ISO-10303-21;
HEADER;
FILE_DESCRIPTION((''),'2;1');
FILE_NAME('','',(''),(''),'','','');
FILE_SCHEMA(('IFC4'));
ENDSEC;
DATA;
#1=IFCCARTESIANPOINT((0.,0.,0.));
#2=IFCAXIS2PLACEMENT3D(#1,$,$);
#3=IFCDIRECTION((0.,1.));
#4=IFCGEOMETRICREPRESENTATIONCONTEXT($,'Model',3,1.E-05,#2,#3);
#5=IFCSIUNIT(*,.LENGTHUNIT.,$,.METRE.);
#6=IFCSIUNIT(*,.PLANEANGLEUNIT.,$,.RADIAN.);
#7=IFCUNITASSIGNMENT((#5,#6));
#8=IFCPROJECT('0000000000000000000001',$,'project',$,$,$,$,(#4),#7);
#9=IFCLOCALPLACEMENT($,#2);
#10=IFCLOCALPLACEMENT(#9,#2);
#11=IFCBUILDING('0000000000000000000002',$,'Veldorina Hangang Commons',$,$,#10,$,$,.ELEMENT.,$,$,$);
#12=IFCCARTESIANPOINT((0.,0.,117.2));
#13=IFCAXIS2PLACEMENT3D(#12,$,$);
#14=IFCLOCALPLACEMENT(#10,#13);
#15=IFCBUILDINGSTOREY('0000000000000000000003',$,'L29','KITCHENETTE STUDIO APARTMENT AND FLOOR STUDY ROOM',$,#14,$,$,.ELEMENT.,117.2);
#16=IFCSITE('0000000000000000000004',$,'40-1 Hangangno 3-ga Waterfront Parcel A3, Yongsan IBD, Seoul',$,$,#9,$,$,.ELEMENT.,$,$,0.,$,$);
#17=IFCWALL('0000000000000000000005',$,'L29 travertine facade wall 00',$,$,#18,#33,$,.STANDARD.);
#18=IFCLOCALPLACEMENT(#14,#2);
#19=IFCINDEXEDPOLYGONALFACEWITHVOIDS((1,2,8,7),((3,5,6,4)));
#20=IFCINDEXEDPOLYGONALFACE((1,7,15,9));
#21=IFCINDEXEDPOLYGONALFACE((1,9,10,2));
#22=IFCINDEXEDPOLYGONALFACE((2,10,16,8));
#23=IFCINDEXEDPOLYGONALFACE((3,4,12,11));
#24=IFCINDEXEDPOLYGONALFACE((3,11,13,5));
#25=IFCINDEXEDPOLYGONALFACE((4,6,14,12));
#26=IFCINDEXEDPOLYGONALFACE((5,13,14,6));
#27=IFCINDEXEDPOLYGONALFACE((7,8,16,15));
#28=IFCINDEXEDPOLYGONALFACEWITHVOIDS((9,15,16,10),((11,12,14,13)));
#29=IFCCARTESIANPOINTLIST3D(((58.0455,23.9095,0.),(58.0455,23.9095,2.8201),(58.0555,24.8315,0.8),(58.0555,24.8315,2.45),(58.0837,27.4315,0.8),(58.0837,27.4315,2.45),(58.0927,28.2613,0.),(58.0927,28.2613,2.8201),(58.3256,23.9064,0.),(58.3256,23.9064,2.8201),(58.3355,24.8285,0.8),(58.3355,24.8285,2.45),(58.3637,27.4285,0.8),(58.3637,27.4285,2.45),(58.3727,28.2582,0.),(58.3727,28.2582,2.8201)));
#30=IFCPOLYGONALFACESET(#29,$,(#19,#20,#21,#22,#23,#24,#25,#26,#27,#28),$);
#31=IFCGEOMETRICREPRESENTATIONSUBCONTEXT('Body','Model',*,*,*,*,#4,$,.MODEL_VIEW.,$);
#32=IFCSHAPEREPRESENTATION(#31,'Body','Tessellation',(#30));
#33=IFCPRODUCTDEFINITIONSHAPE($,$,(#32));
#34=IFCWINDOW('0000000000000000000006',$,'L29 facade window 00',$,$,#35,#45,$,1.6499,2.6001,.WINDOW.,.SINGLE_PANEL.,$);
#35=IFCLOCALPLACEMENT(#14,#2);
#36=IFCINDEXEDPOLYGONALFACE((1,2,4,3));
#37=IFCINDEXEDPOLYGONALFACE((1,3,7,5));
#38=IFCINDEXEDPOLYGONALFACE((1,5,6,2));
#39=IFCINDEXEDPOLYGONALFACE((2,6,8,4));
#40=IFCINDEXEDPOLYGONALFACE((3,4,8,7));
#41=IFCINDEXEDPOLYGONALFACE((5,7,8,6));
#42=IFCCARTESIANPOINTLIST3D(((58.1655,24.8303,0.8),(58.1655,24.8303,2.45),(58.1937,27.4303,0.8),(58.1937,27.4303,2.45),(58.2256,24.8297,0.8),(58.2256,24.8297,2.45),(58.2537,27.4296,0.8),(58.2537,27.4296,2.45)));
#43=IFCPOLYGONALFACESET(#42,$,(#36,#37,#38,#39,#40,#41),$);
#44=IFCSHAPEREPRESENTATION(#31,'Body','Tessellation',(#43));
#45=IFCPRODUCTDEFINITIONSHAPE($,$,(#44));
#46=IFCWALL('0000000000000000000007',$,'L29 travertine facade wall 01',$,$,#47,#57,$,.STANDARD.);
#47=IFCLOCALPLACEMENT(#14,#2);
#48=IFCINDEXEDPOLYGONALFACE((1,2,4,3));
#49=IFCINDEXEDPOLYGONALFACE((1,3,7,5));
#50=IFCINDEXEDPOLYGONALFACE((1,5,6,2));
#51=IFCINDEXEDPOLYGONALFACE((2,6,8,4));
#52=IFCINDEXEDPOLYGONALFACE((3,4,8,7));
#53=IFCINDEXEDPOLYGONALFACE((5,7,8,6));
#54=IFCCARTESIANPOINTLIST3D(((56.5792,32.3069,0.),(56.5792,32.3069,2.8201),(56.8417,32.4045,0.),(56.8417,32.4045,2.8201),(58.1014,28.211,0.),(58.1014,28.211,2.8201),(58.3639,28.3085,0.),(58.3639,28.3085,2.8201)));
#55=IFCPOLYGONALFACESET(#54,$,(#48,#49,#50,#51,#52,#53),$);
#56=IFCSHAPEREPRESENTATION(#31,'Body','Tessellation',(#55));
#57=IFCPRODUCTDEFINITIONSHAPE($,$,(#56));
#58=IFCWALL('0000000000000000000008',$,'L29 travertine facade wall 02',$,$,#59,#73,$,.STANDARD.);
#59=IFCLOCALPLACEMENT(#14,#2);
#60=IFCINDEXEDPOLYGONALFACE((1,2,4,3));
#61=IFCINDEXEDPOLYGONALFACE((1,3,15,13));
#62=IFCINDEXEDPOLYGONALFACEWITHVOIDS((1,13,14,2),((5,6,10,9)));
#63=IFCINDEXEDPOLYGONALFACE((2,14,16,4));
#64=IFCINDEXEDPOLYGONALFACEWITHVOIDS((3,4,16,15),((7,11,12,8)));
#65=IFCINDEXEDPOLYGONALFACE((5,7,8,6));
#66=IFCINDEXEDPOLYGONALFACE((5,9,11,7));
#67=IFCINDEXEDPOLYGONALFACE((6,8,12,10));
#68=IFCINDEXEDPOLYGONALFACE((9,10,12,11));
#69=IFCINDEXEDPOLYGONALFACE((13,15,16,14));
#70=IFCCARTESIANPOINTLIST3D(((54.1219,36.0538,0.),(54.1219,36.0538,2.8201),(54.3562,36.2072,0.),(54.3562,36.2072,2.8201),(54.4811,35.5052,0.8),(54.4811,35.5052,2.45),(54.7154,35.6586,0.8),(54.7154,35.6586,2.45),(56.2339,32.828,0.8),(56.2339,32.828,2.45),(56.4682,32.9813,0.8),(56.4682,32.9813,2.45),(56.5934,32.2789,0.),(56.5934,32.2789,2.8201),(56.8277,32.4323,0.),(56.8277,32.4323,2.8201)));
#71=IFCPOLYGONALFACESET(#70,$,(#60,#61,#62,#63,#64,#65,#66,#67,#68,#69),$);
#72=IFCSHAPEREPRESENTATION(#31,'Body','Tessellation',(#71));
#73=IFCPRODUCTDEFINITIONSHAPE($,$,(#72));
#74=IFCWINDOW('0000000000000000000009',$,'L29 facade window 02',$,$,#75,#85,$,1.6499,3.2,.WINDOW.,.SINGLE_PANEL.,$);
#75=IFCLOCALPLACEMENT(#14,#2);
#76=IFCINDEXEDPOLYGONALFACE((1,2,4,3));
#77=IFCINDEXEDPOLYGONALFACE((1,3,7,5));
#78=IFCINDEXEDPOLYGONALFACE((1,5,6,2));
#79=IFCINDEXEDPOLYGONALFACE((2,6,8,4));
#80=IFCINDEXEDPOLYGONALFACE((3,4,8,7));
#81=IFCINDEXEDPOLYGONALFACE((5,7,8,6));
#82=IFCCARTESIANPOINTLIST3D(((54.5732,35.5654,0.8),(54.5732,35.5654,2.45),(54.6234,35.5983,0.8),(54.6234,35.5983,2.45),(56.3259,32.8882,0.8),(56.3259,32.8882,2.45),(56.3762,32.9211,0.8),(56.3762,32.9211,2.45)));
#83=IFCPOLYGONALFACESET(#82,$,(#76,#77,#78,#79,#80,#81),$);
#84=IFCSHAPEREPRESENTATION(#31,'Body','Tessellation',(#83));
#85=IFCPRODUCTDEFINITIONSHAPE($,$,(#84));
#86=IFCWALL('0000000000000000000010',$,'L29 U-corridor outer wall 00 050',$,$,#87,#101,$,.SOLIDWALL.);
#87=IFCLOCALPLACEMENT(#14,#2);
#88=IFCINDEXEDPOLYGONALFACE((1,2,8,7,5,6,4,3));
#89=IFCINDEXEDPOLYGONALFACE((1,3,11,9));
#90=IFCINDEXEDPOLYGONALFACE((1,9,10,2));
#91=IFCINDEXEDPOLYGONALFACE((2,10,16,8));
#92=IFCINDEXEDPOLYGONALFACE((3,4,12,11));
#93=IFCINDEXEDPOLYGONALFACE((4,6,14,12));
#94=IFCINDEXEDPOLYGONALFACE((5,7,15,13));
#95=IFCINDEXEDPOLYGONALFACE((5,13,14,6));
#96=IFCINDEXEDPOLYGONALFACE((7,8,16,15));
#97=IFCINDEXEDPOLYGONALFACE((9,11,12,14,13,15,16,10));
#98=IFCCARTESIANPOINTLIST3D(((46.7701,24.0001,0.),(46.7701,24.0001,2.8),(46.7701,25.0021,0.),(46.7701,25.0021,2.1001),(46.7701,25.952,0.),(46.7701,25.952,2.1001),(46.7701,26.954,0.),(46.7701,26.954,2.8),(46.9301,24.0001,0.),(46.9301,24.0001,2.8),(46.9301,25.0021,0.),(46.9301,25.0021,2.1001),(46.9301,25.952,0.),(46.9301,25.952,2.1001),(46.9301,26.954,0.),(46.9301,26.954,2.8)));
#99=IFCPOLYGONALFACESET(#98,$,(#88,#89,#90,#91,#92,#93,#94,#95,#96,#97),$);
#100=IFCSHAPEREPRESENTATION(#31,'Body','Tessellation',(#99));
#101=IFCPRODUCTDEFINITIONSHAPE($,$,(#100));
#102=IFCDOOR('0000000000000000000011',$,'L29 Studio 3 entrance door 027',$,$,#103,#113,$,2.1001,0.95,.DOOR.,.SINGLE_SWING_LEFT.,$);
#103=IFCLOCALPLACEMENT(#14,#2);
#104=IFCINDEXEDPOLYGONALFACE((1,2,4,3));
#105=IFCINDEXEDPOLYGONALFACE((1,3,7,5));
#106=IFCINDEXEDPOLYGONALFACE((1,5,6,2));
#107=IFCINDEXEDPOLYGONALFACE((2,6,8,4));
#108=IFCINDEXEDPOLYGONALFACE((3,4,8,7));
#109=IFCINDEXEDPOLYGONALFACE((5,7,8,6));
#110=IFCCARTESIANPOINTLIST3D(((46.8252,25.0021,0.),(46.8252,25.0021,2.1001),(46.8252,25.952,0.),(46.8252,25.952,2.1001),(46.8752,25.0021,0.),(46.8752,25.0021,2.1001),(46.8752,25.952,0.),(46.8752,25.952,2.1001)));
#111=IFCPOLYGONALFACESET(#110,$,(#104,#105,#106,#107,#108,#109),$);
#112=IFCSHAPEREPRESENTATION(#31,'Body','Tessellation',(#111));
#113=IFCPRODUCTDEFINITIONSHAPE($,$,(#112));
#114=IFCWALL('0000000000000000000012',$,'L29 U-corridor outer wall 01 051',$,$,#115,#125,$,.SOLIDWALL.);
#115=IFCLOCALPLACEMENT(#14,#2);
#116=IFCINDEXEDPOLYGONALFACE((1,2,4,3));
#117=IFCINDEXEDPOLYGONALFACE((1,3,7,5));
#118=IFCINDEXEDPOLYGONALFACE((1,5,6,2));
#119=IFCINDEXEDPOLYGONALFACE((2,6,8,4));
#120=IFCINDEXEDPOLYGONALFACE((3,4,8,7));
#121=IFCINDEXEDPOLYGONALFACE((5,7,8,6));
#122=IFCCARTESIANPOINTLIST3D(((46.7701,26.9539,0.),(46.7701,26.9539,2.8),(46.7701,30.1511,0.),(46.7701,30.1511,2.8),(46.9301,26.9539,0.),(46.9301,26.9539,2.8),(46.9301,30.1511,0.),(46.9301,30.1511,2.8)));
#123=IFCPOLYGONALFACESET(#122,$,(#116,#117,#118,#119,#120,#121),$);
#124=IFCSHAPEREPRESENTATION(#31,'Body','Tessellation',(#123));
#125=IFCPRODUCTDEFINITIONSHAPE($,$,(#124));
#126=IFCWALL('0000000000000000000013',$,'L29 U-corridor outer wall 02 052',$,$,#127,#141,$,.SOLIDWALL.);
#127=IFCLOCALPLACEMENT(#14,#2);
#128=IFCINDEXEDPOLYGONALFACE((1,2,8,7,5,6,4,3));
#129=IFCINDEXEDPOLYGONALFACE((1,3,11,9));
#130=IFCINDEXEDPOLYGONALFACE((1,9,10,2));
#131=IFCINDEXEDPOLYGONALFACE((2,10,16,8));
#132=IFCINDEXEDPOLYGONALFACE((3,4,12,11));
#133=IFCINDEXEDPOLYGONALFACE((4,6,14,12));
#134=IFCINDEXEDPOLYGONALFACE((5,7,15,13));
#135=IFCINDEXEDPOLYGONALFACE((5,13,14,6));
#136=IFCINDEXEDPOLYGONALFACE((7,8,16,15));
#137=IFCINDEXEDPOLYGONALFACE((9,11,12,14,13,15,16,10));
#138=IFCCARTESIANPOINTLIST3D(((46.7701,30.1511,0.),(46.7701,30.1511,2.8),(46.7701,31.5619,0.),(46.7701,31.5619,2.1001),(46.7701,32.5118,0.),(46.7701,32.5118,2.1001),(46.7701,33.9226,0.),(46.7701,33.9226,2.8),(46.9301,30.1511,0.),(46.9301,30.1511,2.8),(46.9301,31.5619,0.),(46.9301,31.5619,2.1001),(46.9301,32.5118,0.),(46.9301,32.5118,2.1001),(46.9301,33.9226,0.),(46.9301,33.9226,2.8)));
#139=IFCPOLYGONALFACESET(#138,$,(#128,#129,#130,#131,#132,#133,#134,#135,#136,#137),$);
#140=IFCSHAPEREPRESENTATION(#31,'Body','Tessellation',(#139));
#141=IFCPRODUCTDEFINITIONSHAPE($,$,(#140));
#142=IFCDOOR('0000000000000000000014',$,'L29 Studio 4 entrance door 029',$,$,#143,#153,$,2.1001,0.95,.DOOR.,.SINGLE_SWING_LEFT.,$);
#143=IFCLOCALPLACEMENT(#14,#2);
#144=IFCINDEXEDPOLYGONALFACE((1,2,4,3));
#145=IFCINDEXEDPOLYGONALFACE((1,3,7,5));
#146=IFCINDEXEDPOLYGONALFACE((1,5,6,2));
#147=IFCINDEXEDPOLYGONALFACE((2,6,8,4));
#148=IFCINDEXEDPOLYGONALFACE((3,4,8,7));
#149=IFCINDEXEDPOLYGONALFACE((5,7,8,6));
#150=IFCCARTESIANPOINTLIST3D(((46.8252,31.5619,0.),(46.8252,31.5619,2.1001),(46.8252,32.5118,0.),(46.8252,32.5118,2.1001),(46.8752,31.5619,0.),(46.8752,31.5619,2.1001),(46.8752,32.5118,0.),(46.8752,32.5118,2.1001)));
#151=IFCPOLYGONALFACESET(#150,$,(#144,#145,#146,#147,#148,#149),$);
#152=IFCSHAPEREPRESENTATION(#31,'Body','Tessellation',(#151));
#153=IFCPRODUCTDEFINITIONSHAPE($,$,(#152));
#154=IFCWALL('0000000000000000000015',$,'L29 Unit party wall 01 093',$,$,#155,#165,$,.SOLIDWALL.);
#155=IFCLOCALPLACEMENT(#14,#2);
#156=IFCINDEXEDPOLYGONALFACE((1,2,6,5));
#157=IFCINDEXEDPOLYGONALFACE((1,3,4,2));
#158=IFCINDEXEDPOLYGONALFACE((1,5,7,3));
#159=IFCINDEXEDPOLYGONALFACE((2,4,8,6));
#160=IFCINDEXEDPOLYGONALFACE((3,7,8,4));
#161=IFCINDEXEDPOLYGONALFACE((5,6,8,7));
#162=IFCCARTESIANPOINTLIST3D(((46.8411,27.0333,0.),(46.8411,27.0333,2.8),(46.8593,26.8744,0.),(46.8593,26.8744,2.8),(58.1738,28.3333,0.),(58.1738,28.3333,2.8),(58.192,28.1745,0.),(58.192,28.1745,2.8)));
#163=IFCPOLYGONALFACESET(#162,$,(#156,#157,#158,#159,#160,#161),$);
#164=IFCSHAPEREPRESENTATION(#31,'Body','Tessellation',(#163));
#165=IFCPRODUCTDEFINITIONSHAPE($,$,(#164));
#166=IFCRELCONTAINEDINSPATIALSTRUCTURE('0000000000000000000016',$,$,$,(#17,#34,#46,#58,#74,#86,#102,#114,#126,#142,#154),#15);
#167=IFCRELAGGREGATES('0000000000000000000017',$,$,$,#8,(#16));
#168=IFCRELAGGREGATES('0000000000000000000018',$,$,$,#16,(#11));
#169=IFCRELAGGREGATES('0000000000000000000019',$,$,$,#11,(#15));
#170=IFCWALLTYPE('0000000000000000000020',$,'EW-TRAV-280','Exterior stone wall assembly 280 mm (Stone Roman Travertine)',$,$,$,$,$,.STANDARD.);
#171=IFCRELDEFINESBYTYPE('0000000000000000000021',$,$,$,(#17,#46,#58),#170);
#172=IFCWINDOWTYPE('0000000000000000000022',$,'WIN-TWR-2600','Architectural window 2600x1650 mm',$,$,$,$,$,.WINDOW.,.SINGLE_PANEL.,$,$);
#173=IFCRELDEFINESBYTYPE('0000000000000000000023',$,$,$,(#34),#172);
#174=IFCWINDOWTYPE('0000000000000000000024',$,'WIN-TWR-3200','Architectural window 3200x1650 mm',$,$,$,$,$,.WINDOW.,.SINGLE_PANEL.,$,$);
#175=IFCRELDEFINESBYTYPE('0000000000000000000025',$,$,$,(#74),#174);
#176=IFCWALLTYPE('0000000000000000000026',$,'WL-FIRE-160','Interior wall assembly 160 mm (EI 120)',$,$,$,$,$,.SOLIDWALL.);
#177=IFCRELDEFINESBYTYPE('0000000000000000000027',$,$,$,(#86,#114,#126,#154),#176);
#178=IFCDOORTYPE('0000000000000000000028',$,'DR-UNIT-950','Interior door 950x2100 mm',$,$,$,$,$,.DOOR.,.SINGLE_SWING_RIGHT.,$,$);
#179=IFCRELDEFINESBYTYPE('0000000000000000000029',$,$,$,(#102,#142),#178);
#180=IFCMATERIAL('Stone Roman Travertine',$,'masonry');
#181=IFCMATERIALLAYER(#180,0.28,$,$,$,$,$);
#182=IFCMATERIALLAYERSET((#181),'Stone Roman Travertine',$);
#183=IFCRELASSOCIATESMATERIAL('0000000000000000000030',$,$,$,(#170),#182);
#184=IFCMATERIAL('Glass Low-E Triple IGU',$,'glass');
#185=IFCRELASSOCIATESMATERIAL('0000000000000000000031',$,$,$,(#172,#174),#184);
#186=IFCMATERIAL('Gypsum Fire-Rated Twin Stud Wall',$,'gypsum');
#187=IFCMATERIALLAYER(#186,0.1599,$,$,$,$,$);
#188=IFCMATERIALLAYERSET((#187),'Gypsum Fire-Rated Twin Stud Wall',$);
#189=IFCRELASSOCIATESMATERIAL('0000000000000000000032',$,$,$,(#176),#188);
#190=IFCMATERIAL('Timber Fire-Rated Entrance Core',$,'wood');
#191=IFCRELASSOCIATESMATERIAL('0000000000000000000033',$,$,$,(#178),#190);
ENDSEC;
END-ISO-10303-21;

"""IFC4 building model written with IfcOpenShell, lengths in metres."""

from ifc_helpers import new_model, si_unit, direction, frame, frame_2d, origin, place, context, subcontext, project, spatial, rectangle, extrude, material, layer, layer_set, type_object, element, fill, save


model = new_model("IFC4")

# Units and contexts
model_context = context("Model", 3, precision=1e-05, world=origin(), true_north=direction((0.0, 1.0)))
body_context = subcontext(model_context, "Body", "Model", "MODEL_VIEW")
ifc_project = project(units=[si_unit("LENGTHUNIT", "METRE"), si_unit("PLANEANGLEUNIT", "RADIAN")], contexts=[model_context])

# Site, building, storey
site_placement = place(None, origin())
site = spatial("IfcSite", under=ifc_project, at=site_placement, Name="40-1 Hangangno 3-ga Waterfront Parcel A3, Yongsan IBD, Seoul", CompositionType="ELEMENT", RefElevation=0.0)
building_placement = place(site_placement, origin())
building = spatial("IfcBuilding", under=site, at=building_placement, Name="Veldorina Hangang Commons", CompositionType="ELEMENT")
storey_placement = place(building_placement, frame((0.0, 0.0, 117.2)))
storey = spatial("IfcBuildingStorey", under=building, at=storey_placement, Name="L29", Description="KITCHENETTE STUDIO APARTMENT AND FLOOR STUDY ROOM", CompositionType="ELEMENT", Elevation=117.2)

# Shared definitions
ifc_material_1 = material(Name="Glass Low-E Triple IGU", Category="glass")

# Wall, opening, window
ifc_material_2 = material(Name="Stone Roman Travertine", Category="masonry")
ifc_layer_1 = layer(ifc_material_2, 0.28)
ifc_layer_set_1 = layer_set([ifc_layer_1], Name="Stone Roman Travertine")
wall_type_1 = type_object("IfcWallType", Name="EW-TRAV-280", Description="Exterior stone wall assembly 280 mm (Stone Roman Travertine)", PredefinedType="STANDARD", material=ifc_layer_set_1)
wall_1_placement = place(storey_placement, frame((58.1855, 23.908, 0.0), z_axis=(0.0, 0.0, 1.0), x_axis=(0.010827, 0.999941, 0.0)))
wall_1 = element("IfcWall", 1, at=wall_1_placement, inside=storey, type_object=wall_type_1, Name="L29 travertine facade wall 00", PredefinedType="STANDARD", context=body_context, shape_type="SweptSolid", body=[
    extrude(rectangle(XDim=4.3521, YDim=0.28, at=frame_2d((2.176, 0.0))), origin(), (0.0, 0.0, 1.0), 2.8201),
])
opening_1_placement = place(wall_1_placement, frame((0.9221, 0.0, 0.8)))
opening_1 = element("IfcOpeningElement", 2, at=opening_1_placement, cuts=wall_1, PredefinedType="OPENING", context=body_context, shape_type="SweptSolid", body=[
    extrude(rectangle(XDim=2.6001, YDim=1.6499, at=frame_2d((1.3, 0.825))), frame((0.0, 0.1499, 0.0), z_axis=(0.0, -1.0, 0.0), x_axis=(1.0, 0.0, 0.0)), (0.0, 0.0, 1.0), 0.3),
])
window_type_1 = type_object("IfcWindowType", Name="WIN-TWR-2600", Description="Architectural window 2600x1650 mm", PartitioningType="SINGLE_PANEL", PredefinedType="WINDOW", material=ifc_material_1)
window_1_placement = place(opening_1_placement, origin())
window_1 = element("IfcWindow", 3, at=window_1_placement, inside=storey, type_object=window_type_1, Name="L29 facade window 00", OverallHeight=1.6499, OverallWidth=2.6001, PartitioningType="SINGLE_PANEL", PredefinedType="WINDOW", context=body_context, shape_type="SweptSolid", body=[
    extrude(rectangle(XDim=2.6001, YDim=1.6499, at=frame_2d((1.3, 0.825))), frame((0.0, 0.03, 0.0), z_axis=(0.0, -1.0, 0.0), x_axis=(1.0, 0.0, 0.0)), (0.0, 0.0, 1.0), 0.0601),
])
fill(opening_1, window_1)

# Wall
wall_2_placement = place(storey_placement, frame((58.2327, 28.2598, 0.0), z_axis=(0.0, 0.0, 1.0), x_axis=(-0.34836, 0.937361, 0.0)))
element("IfcWall", 4, at=wall_2_placement, inside=storey, type_object=wall_type_1, Name="L29 travertine facade wall 01", PredefinedType="STANDARD", context=body_context, shape_type="SweptSolid", body=[
    extrude(rectangle(XDim=4.3696, YDim=0.28, at=frame_2d((2.1848, 0.0))), origin(), (0.0, 0.0, 1.0), 2.8201),
])

# Wall, opening, window
wall_3_placement = place(storey_placement, frame((56.7104, 32.3557, 0.0), z_axis=(0.0, 0.0, 1.0), x_axis=(-0.547751, 0.836642, 0.0)))
wall_3 = element("IfcWall", 5, at=wall_3_placement, inside=storey, type_object=wall_type_1, Name="L29 travertine facade wall 02", PredefinedType="STANDARD", context=body_context, shape_type="SweptSolid", body=[
    extrude(rectangle(XDim=4.512, YDim=0.28, at=frame_2d((2.2559, 0.0))), origin(), (0.0, 0.0, 1.0), 2.8201),
])
opening_2_placement = place(wall_3_placement, frame((0.656, 0.0, 0.8)))
opening_2 = element("IfcOpeningElement", 6, at=opening_2_placement, cuts=wall_3, PredefinedType="OPENING", context=body_context, shape_type="SweptSolid", body=[
    extrude(rectangle(XDim=3.2, YDim=1.6499, at=frame_2d((1.6001, 0.825))), frame((0.0, 0.1499, 0.0), z_axis=(0.0, -1.0, 0.0), x_axis=(1.0, 0.0, 0.0)), (0.0, 0.0, 1.0), 0.3),
])
window_type_2 = type_object("IfcWindowType", Name="WIN-TWR-3200", Description="Architectural window 3200x1650 mm", PartitioningType="SINGLE_PANEL", PredefinedType="WINDOW", material=ifc_material_1)
window_2_placement = place(opening_2_placement, origin())
window_2 = element("IfcWindow", 7, at=window_2_placement, inside=storey, type_object=window_type_2, Name="L29 facade window 02", OverallHeight=1.6499, OverallWidth=3.2, PartitioningType="SINGLE_PANEL", PredefinedType="WINDOW", context=body_context, shape_type="SweptSolid", body=[
    extrude(rectangle(XDim=3.2, YDim=1.6499, at=frame_2d((1.6001, 0.825))), frame((0.0, 0.03, 0.0), z_axis=(0.0, -1.0, 0.0), x_axis=(1.0, 0.0, 0.0)), (0.0, 0.0, 1.0), 0.0601),
])
fill(opening_2, window_2)

# Wall, opening, door
ifc_material_3 = material(Name="Gypsum Fire-Rated Twin Stud Wall", Category="gypsum")
ifc_layer_2 = layer(ifc_material_3, 0.1599)
ifc_layer_set_2 = layer_set([ifc_layer_2], Name="Gypsum Fire-Rated Twin Stud Wall")
wall_type_2 = type_object("IfcWallType", Name="WL-FIRE-160", Description="Interior wall assembly 160 mm (EI 120)", PredefinedType="SOLIDWALL", material=ifc_layer_set_2)
wall_4_placement = place(storey_placement, frame((46.8501, 24.0, 0.0), z_axis=(0.0, 0.0, 1.0), x_axis=(0.0, 1.0, 0.0)))
wall_4 = element("IfcWall", 8, at=wall_4_placement, inside=storey, type_object=wall_type_2, Name="L29 U-corridor outer wall 00 050", PredefinedType="SOLIDWALL", context=body_context, shape_type="SweptSolid", body=[
    extrude(rectangle(XDim=2.9539, YDim=0.1599, at=frame_2d((1.4771, 0.0))), origin(), (0.0, 0.0, 1.0), 2.8),
])
opening_3_placement = place(wall_4_placement, frame((1.002, 0.0, 0.0)))
opening_3 = element("IfcOpeningElement", 9, at=opening_3_placement, cuts=wall_4, PredefinedType="OPENING", context=body_context, shape_type="SweptSolid", body=[
    extrude(rectangle(XDim=0.95, YDim=2.1001, at=frame_2d((0.4751, 1.05))), frame((0.0, 0.0898, 0.0), z_axis=(0.0, -1.0, 0.0), x_axis=(1.0, 0.0, 0.0)), (0.0, 0.0, 1.0), 0.1799),
])
ifc_material_4 = material(Name="Timber Fire-Rated Entrance Core", Category="wood")
door_type_1 = type_object("IfcDoorType", Name="DR-UNIT-950", Description="Interior door 950x2100 mm", OperationType="SINGLE_SWING_RIGHT", PredefinedType="DOOR", material=ifc_material_4)
door_1_placement = place(opening_3_placement, origin())
door_1 = element("IfcDoor", 10, at=door_1_placement, inside=storey, type_object=door_type_1, Name="L29 Studio 3 entrance door 027", OperationType="SINGLE_SWING_LEFT", OverallHeight=2.1001, OverallWidth=0.95, PredefinedType="DOOR", context=body_context, shape_type="SweptSolid", body=[
    extrude(rectangle(XDim=0.95, YDim=2.1001, at=frame_2d((0.4751, 1.05))), frame((0.0, 0.0249, 0.0), z_axis=(0.0, -1.0, 0.0), x_axis=(1.0, 0.0, 0.0)), (0.0, 0.0, 1.0), 0.05),
])
fill(opening_3, door_1)

# Wall
wall_5_placement = place(storey_placement, frame((46.8501, 26.9539, 0.0), z_axis=(0.0, 0.0, 1.0), x_axis=(0.0, 1.0, 0.0)))
element("IfcWall", 11, at=wall_5_placement, inside=storey, type_object=wall_type_2, Name="L29 U-corridor outer wall 01 051", PredefinedType="SOLIDWALL", context=body_context, shape_type="SweptSolid", body=[
    extrude(rectangle(XDim=3.1973, YDim=0.1599, at=frame_2d((1.5986, 0.0))), origin(), (0.0, 0.0, 1.0), 2.8),
])

# Wall, opening, door
wall_6_placement = place(storey_placement, frame((46.8501, 30.1511, 0.0), z_axis=(0.0, 0.0, 1.0), x_axis=(0.0, 1.0, 0.0)))
wall_6 = element("IfcWall", 12, at=wall_6_placement, inside=storey, type_object=wall_type_2, Name="L29 U-corridor outer wall 02 052", PredefinedType="SOLIDWALL", context=body_context, shape_type="SweptSolid", body=[
    extrude(rectangle(XDim=3.7715, YDim=0.1599, at=frame_2d((1.8857, 0.0))), origin(), (0.0, 0.0, 1.0), 2.8),
])
opening_4_placement = place(wall_6_placement, frame((1.4106, 0.0, 0.0)))
opening_4 = element("IfcOpeningElement", 13, at=opening_4_placement, cuts=wall_6, PredefinedType="OPENING", context=body_context, shape_type="SweptSolid", body=[
    extrude(rectangle(XDim=0.95, YDim=2.1001, at=frame_2d((0.4751, 1.05))), frame((0.0, 0.0898, 0.0), z_axis=(0.0, -1.0, 0.0), x_axis=(1.0, 0.0, 0.0)), (0.0, 0.0, 1.0), 0.1799),
])
door_2_placement = place(opening_4_placement, origin())
door_2 = element("IfcDoor", 14, at=door_2_placement, inside=storey, type_object=door_type_1, Name="L29 Studio 4 entrance door 029", OperationType="SINGLE_SWING_LEFT", OverallHeight=2.1001, OverallWidth=0.95, PredefinedType="DOOR", context=body_context, shape_type="SweptSolid", body=[
    extrude(rectangle(XDim=0.95, YDim=2.1001, at=frame_2d((0.4751, 1.05))), frame((0.0, 0.0249, 0.0), z_axis=(0.0, -1.0, 0.0), x_axis=(1.0, 0.0, 0.0)), (0.0, 0.0, 1.0), 0.05),
])
fill(opening_4, door_2)

# Wall
wall_7_placement = place(storey_placement, frame((46.8501, 26.9539, 0.0), z_axis=(0.0, 0.0, 1.0), x_axis=(0.993484, 0.113969, 0.0)))
element("IfcWall", 15, at=wall_7_placement, inside=storey, type_object=wall_type_2, Name="L29 Unit party wall 01 093", PredefinedType="SOLIDWALL", context=body_context, shape_type="SweptSolid", body=[
    extrude(rectangle(XDim=11.407, YDim=0.1599, at=frame_2d((5.7036, 0.0))), origin(), (0.0, 0.0, 1.0), 2.8),
])

save(model, "model.ifc")
